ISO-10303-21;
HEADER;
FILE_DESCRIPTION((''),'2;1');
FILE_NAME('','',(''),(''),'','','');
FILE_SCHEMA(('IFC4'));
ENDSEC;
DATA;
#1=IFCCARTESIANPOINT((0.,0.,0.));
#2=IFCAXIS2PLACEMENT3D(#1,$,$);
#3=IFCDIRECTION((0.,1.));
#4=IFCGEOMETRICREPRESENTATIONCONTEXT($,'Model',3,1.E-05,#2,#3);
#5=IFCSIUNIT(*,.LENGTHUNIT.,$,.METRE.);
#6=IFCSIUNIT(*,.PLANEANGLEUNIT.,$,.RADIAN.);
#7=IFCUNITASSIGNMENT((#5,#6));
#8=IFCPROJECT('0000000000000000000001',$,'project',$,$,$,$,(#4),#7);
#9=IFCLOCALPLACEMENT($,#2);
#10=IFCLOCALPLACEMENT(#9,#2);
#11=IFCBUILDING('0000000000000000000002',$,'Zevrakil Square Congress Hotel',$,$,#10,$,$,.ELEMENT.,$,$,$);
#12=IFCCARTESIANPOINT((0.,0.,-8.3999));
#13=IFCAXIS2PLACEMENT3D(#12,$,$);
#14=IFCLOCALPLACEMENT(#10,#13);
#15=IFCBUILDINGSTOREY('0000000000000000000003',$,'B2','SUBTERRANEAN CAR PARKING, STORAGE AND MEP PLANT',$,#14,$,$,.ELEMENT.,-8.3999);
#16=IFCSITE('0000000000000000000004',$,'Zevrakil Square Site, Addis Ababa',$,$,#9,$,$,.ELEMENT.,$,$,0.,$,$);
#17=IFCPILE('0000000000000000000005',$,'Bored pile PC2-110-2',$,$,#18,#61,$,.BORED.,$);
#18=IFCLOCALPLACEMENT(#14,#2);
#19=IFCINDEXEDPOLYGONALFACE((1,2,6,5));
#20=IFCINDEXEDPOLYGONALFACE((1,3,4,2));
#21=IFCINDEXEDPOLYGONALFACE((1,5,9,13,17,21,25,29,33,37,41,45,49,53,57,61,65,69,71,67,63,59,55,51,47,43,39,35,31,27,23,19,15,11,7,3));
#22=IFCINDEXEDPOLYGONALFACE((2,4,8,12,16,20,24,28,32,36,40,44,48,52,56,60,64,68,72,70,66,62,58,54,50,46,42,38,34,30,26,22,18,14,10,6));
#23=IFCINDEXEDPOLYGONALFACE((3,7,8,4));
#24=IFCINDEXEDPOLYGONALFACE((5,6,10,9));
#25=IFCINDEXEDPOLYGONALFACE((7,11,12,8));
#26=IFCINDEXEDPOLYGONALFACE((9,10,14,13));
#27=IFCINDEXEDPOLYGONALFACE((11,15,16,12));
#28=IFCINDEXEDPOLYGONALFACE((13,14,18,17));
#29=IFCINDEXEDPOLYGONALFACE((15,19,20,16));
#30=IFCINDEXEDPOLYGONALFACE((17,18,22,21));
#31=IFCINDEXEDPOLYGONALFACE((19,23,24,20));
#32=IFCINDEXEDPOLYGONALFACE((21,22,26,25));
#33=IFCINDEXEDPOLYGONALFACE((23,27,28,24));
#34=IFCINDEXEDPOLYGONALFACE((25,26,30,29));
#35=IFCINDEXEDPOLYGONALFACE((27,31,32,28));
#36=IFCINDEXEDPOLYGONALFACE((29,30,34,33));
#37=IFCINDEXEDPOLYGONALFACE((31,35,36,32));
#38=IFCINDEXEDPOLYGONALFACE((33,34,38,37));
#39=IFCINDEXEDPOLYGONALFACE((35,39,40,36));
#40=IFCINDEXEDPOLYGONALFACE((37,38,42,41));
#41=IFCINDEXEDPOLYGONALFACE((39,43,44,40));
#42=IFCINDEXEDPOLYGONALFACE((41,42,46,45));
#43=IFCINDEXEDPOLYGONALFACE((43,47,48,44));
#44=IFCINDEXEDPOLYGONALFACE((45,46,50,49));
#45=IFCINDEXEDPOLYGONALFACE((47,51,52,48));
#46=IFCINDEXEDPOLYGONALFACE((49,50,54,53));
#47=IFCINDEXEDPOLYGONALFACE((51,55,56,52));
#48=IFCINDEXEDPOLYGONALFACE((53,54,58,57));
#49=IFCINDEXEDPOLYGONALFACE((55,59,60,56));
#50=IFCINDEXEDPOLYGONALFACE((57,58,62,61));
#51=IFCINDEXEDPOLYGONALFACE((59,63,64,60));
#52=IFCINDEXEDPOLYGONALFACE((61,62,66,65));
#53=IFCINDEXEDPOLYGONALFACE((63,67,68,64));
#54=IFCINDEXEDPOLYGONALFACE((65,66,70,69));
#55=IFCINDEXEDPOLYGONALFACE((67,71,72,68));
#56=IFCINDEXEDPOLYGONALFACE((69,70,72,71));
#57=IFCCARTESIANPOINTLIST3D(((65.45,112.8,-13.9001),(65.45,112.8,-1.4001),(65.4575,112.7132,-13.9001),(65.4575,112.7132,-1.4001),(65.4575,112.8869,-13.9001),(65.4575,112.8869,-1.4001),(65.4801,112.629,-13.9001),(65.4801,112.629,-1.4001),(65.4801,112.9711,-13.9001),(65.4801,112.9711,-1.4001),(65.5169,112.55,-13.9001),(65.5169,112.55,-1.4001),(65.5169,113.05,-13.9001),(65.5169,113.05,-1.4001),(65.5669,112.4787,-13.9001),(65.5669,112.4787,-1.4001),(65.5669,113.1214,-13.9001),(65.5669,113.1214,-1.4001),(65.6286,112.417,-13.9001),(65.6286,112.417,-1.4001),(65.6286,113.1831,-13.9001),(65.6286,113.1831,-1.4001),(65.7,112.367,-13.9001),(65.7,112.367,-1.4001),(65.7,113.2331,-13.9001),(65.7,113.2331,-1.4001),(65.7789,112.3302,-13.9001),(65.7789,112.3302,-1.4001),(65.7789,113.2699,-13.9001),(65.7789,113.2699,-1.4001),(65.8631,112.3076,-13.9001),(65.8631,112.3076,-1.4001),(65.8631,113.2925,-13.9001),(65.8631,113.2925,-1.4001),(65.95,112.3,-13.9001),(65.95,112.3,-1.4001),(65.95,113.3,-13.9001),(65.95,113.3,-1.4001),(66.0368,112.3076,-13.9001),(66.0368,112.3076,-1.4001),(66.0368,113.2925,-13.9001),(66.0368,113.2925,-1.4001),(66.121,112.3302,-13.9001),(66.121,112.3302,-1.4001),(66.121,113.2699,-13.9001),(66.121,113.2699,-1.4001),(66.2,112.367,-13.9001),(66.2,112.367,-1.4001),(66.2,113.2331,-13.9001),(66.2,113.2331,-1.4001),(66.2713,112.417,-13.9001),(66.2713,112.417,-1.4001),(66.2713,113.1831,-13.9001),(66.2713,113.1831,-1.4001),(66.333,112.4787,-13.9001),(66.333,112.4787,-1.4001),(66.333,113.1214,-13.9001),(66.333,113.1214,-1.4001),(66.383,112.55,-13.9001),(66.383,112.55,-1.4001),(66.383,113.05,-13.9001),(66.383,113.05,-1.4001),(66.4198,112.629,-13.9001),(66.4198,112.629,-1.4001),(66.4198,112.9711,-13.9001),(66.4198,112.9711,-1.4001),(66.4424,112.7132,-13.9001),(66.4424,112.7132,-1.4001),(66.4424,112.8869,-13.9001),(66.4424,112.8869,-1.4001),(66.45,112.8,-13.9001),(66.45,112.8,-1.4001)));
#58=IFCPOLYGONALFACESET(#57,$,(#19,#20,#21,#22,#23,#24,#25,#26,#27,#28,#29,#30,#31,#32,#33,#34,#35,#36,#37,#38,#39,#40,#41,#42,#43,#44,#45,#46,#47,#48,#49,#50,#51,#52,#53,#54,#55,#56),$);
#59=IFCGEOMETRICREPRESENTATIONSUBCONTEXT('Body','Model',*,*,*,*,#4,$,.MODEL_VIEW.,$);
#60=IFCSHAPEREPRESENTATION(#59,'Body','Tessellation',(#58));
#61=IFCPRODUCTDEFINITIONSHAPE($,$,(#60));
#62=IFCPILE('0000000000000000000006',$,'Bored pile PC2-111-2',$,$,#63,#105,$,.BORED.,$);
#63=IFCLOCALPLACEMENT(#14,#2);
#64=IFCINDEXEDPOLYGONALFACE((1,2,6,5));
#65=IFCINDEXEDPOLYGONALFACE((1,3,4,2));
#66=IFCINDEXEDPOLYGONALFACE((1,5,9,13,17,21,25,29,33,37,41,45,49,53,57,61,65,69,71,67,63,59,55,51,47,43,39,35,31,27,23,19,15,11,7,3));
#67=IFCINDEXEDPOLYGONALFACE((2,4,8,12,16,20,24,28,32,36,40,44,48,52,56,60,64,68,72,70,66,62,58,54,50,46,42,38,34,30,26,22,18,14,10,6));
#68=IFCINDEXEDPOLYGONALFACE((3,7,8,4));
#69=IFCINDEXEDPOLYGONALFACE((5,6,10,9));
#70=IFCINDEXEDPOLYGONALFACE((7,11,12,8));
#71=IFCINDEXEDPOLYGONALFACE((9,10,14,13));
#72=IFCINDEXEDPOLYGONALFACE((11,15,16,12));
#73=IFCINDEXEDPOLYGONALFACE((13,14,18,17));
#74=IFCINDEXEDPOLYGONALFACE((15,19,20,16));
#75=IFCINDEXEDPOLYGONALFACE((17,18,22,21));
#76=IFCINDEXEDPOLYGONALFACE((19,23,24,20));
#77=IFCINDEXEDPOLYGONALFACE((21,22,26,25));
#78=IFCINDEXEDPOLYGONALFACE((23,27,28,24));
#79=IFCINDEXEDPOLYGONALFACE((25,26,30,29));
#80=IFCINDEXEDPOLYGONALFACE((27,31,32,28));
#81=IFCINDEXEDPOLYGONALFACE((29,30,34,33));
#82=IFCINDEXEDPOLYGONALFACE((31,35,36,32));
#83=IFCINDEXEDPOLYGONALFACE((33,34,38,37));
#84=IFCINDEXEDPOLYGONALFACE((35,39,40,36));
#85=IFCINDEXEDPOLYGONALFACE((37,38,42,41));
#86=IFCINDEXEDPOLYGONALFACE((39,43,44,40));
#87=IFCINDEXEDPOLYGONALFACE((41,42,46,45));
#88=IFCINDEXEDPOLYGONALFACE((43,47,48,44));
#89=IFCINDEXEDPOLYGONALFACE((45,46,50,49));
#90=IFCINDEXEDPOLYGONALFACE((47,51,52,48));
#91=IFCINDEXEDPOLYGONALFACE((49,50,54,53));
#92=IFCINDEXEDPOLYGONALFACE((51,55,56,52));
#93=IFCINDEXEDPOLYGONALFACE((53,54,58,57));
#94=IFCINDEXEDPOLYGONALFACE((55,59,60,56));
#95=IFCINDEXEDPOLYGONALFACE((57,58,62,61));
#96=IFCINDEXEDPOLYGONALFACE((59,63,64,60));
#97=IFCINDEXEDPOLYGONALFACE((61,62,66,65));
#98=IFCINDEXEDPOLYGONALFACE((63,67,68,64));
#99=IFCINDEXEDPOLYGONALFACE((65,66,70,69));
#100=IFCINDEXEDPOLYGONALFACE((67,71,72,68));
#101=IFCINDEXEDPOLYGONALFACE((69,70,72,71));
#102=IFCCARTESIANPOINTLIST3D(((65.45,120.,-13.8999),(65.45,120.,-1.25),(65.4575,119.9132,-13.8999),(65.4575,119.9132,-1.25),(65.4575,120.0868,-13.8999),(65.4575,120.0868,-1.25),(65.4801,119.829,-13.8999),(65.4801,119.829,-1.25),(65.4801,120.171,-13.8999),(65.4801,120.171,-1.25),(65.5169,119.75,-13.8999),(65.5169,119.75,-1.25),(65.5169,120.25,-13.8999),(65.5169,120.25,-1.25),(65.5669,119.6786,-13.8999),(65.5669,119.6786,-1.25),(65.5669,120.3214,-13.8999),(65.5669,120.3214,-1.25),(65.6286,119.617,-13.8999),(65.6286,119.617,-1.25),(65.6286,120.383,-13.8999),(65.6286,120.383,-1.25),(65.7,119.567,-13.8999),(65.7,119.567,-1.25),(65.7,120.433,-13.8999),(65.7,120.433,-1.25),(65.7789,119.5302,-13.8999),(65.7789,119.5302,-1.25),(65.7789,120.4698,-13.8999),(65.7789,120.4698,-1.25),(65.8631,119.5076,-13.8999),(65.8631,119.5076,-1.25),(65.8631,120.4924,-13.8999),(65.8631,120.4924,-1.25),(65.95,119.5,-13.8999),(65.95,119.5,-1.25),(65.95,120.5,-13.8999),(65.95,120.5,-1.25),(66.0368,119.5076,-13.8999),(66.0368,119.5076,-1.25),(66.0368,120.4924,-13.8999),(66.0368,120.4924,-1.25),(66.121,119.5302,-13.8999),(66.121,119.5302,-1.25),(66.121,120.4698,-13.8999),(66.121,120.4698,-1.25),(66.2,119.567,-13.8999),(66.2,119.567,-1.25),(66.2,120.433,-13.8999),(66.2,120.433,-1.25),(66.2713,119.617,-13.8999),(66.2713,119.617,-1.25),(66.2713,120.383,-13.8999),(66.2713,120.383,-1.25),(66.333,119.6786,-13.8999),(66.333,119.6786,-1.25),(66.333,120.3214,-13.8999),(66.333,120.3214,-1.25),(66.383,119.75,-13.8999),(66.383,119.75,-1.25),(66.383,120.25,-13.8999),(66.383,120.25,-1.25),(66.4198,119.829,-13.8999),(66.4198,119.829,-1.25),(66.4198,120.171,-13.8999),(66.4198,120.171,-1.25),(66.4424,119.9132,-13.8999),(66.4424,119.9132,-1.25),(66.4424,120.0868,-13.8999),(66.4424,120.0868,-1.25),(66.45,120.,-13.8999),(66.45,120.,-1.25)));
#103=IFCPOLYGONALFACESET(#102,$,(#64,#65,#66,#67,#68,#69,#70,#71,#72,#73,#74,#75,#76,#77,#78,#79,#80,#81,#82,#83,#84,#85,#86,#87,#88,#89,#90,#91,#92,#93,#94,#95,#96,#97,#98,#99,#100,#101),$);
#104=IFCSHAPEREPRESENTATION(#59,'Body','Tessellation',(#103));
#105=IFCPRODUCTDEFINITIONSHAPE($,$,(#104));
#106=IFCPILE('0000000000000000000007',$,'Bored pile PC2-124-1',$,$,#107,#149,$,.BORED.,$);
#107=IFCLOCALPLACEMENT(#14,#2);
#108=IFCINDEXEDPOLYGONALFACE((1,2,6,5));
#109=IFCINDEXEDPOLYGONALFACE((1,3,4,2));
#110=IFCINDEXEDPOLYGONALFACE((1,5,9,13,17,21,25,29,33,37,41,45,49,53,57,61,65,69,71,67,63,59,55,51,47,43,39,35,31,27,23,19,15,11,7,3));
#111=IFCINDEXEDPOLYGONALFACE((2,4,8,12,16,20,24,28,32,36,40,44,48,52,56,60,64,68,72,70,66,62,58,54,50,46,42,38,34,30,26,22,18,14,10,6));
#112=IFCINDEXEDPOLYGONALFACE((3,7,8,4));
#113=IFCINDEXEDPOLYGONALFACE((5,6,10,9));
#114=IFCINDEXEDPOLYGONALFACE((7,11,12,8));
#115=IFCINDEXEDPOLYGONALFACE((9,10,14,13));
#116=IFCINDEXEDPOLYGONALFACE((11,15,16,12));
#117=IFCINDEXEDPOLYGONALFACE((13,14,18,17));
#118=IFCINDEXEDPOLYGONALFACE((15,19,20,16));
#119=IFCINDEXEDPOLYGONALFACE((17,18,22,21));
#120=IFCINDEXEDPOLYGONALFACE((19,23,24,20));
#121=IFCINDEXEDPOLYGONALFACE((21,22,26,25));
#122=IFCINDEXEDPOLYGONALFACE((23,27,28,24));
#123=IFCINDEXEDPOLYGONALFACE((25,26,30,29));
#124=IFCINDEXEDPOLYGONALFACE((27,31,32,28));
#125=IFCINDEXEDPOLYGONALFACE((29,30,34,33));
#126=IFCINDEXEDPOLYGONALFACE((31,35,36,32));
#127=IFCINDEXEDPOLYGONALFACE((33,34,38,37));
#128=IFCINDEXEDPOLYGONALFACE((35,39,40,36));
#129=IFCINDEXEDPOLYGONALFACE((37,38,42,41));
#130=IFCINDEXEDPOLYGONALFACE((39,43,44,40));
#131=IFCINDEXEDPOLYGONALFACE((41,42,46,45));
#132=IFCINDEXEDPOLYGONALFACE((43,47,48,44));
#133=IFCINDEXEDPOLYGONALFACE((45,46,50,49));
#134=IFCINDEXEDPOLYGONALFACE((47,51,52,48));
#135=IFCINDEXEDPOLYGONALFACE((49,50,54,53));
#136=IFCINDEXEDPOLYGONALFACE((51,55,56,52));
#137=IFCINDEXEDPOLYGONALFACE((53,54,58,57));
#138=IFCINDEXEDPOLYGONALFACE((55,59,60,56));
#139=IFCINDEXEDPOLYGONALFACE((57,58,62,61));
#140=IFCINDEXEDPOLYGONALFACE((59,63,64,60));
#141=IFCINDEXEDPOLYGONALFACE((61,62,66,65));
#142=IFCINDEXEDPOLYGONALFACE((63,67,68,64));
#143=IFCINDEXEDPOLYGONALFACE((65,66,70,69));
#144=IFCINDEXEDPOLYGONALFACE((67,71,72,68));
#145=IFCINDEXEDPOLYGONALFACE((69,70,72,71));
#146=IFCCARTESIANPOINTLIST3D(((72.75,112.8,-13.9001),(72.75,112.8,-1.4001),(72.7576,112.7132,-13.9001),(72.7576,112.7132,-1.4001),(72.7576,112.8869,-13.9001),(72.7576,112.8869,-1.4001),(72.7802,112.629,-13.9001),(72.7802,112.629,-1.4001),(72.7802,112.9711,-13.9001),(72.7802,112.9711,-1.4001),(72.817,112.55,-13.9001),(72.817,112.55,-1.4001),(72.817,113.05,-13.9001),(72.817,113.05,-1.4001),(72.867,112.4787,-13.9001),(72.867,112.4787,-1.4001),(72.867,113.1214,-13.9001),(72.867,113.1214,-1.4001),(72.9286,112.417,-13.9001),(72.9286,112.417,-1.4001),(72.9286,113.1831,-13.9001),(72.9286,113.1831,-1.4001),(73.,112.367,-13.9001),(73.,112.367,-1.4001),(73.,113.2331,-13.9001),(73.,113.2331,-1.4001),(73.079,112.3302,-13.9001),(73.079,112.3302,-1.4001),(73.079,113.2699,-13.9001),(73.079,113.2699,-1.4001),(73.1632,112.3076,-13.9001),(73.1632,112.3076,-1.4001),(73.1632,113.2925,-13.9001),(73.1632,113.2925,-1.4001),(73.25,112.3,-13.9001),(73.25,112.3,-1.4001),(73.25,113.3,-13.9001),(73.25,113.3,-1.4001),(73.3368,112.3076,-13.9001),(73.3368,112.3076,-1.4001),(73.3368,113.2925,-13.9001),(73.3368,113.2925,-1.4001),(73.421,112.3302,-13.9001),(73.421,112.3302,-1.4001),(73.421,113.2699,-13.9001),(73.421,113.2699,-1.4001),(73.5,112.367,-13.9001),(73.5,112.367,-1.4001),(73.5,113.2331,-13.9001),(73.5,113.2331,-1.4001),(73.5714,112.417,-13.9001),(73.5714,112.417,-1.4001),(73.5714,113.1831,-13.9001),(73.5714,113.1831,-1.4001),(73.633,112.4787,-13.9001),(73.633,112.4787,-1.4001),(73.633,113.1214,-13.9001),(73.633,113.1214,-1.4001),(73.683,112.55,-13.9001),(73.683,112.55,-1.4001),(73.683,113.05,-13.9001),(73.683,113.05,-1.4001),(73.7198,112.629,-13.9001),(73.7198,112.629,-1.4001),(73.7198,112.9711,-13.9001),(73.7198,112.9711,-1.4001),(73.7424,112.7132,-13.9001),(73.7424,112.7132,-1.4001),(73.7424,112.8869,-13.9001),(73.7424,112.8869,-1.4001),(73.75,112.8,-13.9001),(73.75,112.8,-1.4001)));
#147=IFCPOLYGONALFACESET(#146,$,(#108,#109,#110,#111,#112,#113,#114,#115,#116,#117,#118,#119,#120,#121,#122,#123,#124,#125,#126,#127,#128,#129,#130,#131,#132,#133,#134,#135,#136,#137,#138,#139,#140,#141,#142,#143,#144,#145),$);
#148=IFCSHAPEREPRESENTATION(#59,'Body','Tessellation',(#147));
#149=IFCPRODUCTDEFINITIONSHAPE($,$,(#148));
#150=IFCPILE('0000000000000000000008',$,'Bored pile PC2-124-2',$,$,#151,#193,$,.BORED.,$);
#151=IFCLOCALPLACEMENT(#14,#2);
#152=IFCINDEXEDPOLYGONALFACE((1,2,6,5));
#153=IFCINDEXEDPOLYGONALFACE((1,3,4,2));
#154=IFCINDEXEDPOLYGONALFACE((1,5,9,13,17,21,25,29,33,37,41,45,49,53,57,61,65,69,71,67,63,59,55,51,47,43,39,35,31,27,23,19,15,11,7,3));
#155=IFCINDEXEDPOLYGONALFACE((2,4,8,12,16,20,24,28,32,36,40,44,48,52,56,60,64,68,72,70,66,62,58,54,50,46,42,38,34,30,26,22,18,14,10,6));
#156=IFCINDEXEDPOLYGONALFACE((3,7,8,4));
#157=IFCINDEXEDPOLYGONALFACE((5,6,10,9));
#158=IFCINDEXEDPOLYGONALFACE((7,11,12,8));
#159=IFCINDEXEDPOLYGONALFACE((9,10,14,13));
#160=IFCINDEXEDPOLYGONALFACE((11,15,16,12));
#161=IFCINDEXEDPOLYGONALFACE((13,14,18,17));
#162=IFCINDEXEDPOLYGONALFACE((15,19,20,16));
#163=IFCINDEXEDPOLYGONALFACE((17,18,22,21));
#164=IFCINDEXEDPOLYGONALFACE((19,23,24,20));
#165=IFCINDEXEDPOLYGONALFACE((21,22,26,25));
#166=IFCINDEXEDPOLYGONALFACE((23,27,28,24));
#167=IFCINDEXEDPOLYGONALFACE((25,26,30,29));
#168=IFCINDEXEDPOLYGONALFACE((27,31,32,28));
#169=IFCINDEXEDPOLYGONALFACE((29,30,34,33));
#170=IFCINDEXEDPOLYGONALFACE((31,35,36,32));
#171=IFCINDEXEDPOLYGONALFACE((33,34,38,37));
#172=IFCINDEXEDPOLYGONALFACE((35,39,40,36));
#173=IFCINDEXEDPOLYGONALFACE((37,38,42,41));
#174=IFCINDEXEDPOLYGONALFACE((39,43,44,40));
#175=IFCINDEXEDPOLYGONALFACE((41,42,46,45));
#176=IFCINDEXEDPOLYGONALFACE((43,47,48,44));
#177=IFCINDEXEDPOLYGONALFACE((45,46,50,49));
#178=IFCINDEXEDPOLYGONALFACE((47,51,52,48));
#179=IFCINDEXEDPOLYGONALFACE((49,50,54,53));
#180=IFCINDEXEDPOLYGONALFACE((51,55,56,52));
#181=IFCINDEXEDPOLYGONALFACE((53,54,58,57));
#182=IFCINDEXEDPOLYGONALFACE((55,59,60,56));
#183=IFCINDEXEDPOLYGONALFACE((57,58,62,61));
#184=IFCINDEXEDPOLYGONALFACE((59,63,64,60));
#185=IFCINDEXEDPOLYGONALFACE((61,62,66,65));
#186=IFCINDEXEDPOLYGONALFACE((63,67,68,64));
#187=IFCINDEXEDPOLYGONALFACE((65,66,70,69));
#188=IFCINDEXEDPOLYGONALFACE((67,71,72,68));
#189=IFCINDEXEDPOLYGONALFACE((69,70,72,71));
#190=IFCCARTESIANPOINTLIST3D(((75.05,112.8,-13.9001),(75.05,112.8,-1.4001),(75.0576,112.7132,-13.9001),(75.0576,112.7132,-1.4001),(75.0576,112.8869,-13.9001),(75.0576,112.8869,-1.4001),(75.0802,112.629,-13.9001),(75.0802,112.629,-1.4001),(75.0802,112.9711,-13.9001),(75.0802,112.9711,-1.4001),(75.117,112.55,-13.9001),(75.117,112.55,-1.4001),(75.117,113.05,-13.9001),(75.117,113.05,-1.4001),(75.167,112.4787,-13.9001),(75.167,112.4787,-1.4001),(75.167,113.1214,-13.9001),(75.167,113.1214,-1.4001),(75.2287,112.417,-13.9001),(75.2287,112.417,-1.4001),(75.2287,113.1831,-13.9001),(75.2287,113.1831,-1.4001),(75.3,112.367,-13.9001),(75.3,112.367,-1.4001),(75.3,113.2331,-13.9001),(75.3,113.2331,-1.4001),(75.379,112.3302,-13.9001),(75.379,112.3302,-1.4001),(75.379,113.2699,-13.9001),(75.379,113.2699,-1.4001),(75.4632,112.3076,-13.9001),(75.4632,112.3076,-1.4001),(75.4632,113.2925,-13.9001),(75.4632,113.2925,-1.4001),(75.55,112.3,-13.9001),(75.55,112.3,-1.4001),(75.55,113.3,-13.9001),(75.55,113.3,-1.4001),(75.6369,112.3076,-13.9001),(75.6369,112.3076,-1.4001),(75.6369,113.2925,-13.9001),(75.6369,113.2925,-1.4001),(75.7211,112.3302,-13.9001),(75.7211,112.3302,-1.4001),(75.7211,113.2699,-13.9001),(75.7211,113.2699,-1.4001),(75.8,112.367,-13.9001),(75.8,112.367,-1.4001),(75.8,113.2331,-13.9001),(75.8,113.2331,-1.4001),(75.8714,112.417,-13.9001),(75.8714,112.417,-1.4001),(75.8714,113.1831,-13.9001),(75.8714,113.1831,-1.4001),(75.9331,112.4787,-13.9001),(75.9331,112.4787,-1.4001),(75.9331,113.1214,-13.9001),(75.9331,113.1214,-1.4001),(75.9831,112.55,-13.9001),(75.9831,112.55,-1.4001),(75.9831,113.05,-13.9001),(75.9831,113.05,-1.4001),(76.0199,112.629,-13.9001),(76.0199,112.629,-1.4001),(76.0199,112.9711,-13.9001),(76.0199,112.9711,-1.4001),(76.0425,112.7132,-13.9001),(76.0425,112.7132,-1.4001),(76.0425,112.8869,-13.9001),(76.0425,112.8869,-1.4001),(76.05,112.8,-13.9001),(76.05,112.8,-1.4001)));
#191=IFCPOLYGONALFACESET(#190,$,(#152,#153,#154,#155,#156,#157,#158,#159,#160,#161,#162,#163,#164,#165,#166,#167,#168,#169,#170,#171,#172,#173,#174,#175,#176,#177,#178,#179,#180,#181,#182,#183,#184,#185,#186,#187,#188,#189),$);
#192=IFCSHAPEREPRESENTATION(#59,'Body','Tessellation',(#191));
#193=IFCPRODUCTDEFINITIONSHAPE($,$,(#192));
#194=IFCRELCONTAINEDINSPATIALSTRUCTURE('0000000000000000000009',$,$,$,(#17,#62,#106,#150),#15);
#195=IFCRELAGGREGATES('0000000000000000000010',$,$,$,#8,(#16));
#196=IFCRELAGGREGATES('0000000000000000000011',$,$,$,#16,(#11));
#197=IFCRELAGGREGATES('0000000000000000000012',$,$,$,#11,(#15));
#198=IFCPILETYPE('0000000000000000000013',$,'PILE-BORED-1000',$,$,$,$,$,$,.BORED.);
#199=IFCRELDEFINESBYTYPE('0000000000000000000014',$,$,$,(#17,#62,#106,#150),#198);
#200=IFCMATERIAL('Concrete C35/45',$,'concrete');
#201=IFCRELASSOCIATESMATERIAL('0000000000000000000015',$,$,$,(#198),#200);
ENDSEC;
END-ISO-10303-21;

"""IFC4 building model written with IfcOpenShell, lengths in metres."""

from ifc_helpers import new_model, si_unit, direction, frame, origin, origin_2d, place, context, subcontext, project, spatial, circle, extrude, material, material_profile, profile_set, type_object, element, save


model = new_model("IFC4")

# Units and contexts
model_context = context("Model", 3, precision=1e-05, world=origin(), true_north=direction((0.0, 1.0)))
body_context = subcontext(model_context, "Body", "Model", "MODEL_VIEW")
ifc_project = project(units=[si_unit("LENGTHUNIT", "METRE"), si_unit("PLANEANGLEUNIT", "RADIAN")], contexts=[model_context])

# Site, building, storey
site_placement = place(None, origin())
site = spatial("IfcSite", under=ifc_project, at=site_placement, Name="Zevrakil Square Site, Addis Ababa", CompositionType="ELEMENT", RefElevation=0.0)
building_placement = place(site_placement, origin())
building = spatial("IfcBuilding", under=site, at=building_placement, Name="Zevrakil Square Congress Hotel", CompositionType="ELEMENT")
storey_placement = place(building_placement, frame((0.0, 0.0, -8.3999)))
storey = spatial("IfcBuildingStorey", under=building, at=storey_placement, Name="B2", Description="SUBTERRANEAN CAR PARKING, STORAGE AND MEP PLANT", CompositionType="ELEMENT", Elevation=-8.3999)

# Piles
ifc_material_1 = material(Name="Concrete C35/45", Category="concrete")
ifc_material_profile_1 = material_profile(ifc_material_1, circle(Radius=0.5, at=origin_2d()), Name="PILE D1000")
ifc_profile_set_1 = profile_set([ifc_material_profile_1], Name="Concrete C35/45")
pile_type = type_object("IfcPileType", Name="PILE-BORED-1000", PredefinedType="BORED", material=ifc_profile_set_1)
pile_1_placement = place(storey_placement, frame((65.95, 112.8, -1.4001), z_axis=(0.0, 0.0, -1.0), x_axis=(1.0, 0.0, 0.0)))
element("IfcPile", 1, at=pile_1_placement, inside=storey, type_object=pile_type, Name="Bored pile PC2-110-2", PredefinedType="BORED", context=body_context, shape_type="SweptSolid", body=[
    extrude(circle(Radius=0.5, at=origin_2d()), origin(), (0.0, 0.0, 1.0), 12.5),
])
pile_2_placement = place(storey_placement, frame((65.95, 120.0, -1.25), z_axis=(0.0, 0.0, -1.0), x_axis=(1.0, 0.0, 0.0)))
element("IfcPile", 2, at=pile_2_placement, inside=storey, type_object=pile_type, Name="Bored pile PC2-111-2", PredefinedType="BORED", context=body_context, shape_type="SweptSolid", body=[
    extrude(circle(Radius=0.5, at=origin_2d()), origin(), (0.0, 0.0, 1.0), 12.6499),
])
for number, where, z_axis, x_axis, name in (
    (3, (73.25, 112.8, -1.4001), (0.0, 0.0, -1.0), (1.0, 0.0, 0.0), "Bored pile PC2-124-1"),
    (4, (75.55, 112.8, -1.4001), (0.0, 0.0, -1.0), (1.0, 0.0, 0.0), "Bored pile PC2-124-2"),
):
    element("IfcPile", number, at=place(storey_placement, frame(where, z_axis=z_axis, x_axis=x_axis)), inside=storey, type_object=pile_type, Name=name, PredefinedType="BORED", context=body_context, shape_type="SweptSolid", body=[
        extrude(circle(Radius=0.5, at=origin_2d()), origin(), (0.0, 0.0, 1.0), 12.5),
    ])

save(model, "model.ifc")
